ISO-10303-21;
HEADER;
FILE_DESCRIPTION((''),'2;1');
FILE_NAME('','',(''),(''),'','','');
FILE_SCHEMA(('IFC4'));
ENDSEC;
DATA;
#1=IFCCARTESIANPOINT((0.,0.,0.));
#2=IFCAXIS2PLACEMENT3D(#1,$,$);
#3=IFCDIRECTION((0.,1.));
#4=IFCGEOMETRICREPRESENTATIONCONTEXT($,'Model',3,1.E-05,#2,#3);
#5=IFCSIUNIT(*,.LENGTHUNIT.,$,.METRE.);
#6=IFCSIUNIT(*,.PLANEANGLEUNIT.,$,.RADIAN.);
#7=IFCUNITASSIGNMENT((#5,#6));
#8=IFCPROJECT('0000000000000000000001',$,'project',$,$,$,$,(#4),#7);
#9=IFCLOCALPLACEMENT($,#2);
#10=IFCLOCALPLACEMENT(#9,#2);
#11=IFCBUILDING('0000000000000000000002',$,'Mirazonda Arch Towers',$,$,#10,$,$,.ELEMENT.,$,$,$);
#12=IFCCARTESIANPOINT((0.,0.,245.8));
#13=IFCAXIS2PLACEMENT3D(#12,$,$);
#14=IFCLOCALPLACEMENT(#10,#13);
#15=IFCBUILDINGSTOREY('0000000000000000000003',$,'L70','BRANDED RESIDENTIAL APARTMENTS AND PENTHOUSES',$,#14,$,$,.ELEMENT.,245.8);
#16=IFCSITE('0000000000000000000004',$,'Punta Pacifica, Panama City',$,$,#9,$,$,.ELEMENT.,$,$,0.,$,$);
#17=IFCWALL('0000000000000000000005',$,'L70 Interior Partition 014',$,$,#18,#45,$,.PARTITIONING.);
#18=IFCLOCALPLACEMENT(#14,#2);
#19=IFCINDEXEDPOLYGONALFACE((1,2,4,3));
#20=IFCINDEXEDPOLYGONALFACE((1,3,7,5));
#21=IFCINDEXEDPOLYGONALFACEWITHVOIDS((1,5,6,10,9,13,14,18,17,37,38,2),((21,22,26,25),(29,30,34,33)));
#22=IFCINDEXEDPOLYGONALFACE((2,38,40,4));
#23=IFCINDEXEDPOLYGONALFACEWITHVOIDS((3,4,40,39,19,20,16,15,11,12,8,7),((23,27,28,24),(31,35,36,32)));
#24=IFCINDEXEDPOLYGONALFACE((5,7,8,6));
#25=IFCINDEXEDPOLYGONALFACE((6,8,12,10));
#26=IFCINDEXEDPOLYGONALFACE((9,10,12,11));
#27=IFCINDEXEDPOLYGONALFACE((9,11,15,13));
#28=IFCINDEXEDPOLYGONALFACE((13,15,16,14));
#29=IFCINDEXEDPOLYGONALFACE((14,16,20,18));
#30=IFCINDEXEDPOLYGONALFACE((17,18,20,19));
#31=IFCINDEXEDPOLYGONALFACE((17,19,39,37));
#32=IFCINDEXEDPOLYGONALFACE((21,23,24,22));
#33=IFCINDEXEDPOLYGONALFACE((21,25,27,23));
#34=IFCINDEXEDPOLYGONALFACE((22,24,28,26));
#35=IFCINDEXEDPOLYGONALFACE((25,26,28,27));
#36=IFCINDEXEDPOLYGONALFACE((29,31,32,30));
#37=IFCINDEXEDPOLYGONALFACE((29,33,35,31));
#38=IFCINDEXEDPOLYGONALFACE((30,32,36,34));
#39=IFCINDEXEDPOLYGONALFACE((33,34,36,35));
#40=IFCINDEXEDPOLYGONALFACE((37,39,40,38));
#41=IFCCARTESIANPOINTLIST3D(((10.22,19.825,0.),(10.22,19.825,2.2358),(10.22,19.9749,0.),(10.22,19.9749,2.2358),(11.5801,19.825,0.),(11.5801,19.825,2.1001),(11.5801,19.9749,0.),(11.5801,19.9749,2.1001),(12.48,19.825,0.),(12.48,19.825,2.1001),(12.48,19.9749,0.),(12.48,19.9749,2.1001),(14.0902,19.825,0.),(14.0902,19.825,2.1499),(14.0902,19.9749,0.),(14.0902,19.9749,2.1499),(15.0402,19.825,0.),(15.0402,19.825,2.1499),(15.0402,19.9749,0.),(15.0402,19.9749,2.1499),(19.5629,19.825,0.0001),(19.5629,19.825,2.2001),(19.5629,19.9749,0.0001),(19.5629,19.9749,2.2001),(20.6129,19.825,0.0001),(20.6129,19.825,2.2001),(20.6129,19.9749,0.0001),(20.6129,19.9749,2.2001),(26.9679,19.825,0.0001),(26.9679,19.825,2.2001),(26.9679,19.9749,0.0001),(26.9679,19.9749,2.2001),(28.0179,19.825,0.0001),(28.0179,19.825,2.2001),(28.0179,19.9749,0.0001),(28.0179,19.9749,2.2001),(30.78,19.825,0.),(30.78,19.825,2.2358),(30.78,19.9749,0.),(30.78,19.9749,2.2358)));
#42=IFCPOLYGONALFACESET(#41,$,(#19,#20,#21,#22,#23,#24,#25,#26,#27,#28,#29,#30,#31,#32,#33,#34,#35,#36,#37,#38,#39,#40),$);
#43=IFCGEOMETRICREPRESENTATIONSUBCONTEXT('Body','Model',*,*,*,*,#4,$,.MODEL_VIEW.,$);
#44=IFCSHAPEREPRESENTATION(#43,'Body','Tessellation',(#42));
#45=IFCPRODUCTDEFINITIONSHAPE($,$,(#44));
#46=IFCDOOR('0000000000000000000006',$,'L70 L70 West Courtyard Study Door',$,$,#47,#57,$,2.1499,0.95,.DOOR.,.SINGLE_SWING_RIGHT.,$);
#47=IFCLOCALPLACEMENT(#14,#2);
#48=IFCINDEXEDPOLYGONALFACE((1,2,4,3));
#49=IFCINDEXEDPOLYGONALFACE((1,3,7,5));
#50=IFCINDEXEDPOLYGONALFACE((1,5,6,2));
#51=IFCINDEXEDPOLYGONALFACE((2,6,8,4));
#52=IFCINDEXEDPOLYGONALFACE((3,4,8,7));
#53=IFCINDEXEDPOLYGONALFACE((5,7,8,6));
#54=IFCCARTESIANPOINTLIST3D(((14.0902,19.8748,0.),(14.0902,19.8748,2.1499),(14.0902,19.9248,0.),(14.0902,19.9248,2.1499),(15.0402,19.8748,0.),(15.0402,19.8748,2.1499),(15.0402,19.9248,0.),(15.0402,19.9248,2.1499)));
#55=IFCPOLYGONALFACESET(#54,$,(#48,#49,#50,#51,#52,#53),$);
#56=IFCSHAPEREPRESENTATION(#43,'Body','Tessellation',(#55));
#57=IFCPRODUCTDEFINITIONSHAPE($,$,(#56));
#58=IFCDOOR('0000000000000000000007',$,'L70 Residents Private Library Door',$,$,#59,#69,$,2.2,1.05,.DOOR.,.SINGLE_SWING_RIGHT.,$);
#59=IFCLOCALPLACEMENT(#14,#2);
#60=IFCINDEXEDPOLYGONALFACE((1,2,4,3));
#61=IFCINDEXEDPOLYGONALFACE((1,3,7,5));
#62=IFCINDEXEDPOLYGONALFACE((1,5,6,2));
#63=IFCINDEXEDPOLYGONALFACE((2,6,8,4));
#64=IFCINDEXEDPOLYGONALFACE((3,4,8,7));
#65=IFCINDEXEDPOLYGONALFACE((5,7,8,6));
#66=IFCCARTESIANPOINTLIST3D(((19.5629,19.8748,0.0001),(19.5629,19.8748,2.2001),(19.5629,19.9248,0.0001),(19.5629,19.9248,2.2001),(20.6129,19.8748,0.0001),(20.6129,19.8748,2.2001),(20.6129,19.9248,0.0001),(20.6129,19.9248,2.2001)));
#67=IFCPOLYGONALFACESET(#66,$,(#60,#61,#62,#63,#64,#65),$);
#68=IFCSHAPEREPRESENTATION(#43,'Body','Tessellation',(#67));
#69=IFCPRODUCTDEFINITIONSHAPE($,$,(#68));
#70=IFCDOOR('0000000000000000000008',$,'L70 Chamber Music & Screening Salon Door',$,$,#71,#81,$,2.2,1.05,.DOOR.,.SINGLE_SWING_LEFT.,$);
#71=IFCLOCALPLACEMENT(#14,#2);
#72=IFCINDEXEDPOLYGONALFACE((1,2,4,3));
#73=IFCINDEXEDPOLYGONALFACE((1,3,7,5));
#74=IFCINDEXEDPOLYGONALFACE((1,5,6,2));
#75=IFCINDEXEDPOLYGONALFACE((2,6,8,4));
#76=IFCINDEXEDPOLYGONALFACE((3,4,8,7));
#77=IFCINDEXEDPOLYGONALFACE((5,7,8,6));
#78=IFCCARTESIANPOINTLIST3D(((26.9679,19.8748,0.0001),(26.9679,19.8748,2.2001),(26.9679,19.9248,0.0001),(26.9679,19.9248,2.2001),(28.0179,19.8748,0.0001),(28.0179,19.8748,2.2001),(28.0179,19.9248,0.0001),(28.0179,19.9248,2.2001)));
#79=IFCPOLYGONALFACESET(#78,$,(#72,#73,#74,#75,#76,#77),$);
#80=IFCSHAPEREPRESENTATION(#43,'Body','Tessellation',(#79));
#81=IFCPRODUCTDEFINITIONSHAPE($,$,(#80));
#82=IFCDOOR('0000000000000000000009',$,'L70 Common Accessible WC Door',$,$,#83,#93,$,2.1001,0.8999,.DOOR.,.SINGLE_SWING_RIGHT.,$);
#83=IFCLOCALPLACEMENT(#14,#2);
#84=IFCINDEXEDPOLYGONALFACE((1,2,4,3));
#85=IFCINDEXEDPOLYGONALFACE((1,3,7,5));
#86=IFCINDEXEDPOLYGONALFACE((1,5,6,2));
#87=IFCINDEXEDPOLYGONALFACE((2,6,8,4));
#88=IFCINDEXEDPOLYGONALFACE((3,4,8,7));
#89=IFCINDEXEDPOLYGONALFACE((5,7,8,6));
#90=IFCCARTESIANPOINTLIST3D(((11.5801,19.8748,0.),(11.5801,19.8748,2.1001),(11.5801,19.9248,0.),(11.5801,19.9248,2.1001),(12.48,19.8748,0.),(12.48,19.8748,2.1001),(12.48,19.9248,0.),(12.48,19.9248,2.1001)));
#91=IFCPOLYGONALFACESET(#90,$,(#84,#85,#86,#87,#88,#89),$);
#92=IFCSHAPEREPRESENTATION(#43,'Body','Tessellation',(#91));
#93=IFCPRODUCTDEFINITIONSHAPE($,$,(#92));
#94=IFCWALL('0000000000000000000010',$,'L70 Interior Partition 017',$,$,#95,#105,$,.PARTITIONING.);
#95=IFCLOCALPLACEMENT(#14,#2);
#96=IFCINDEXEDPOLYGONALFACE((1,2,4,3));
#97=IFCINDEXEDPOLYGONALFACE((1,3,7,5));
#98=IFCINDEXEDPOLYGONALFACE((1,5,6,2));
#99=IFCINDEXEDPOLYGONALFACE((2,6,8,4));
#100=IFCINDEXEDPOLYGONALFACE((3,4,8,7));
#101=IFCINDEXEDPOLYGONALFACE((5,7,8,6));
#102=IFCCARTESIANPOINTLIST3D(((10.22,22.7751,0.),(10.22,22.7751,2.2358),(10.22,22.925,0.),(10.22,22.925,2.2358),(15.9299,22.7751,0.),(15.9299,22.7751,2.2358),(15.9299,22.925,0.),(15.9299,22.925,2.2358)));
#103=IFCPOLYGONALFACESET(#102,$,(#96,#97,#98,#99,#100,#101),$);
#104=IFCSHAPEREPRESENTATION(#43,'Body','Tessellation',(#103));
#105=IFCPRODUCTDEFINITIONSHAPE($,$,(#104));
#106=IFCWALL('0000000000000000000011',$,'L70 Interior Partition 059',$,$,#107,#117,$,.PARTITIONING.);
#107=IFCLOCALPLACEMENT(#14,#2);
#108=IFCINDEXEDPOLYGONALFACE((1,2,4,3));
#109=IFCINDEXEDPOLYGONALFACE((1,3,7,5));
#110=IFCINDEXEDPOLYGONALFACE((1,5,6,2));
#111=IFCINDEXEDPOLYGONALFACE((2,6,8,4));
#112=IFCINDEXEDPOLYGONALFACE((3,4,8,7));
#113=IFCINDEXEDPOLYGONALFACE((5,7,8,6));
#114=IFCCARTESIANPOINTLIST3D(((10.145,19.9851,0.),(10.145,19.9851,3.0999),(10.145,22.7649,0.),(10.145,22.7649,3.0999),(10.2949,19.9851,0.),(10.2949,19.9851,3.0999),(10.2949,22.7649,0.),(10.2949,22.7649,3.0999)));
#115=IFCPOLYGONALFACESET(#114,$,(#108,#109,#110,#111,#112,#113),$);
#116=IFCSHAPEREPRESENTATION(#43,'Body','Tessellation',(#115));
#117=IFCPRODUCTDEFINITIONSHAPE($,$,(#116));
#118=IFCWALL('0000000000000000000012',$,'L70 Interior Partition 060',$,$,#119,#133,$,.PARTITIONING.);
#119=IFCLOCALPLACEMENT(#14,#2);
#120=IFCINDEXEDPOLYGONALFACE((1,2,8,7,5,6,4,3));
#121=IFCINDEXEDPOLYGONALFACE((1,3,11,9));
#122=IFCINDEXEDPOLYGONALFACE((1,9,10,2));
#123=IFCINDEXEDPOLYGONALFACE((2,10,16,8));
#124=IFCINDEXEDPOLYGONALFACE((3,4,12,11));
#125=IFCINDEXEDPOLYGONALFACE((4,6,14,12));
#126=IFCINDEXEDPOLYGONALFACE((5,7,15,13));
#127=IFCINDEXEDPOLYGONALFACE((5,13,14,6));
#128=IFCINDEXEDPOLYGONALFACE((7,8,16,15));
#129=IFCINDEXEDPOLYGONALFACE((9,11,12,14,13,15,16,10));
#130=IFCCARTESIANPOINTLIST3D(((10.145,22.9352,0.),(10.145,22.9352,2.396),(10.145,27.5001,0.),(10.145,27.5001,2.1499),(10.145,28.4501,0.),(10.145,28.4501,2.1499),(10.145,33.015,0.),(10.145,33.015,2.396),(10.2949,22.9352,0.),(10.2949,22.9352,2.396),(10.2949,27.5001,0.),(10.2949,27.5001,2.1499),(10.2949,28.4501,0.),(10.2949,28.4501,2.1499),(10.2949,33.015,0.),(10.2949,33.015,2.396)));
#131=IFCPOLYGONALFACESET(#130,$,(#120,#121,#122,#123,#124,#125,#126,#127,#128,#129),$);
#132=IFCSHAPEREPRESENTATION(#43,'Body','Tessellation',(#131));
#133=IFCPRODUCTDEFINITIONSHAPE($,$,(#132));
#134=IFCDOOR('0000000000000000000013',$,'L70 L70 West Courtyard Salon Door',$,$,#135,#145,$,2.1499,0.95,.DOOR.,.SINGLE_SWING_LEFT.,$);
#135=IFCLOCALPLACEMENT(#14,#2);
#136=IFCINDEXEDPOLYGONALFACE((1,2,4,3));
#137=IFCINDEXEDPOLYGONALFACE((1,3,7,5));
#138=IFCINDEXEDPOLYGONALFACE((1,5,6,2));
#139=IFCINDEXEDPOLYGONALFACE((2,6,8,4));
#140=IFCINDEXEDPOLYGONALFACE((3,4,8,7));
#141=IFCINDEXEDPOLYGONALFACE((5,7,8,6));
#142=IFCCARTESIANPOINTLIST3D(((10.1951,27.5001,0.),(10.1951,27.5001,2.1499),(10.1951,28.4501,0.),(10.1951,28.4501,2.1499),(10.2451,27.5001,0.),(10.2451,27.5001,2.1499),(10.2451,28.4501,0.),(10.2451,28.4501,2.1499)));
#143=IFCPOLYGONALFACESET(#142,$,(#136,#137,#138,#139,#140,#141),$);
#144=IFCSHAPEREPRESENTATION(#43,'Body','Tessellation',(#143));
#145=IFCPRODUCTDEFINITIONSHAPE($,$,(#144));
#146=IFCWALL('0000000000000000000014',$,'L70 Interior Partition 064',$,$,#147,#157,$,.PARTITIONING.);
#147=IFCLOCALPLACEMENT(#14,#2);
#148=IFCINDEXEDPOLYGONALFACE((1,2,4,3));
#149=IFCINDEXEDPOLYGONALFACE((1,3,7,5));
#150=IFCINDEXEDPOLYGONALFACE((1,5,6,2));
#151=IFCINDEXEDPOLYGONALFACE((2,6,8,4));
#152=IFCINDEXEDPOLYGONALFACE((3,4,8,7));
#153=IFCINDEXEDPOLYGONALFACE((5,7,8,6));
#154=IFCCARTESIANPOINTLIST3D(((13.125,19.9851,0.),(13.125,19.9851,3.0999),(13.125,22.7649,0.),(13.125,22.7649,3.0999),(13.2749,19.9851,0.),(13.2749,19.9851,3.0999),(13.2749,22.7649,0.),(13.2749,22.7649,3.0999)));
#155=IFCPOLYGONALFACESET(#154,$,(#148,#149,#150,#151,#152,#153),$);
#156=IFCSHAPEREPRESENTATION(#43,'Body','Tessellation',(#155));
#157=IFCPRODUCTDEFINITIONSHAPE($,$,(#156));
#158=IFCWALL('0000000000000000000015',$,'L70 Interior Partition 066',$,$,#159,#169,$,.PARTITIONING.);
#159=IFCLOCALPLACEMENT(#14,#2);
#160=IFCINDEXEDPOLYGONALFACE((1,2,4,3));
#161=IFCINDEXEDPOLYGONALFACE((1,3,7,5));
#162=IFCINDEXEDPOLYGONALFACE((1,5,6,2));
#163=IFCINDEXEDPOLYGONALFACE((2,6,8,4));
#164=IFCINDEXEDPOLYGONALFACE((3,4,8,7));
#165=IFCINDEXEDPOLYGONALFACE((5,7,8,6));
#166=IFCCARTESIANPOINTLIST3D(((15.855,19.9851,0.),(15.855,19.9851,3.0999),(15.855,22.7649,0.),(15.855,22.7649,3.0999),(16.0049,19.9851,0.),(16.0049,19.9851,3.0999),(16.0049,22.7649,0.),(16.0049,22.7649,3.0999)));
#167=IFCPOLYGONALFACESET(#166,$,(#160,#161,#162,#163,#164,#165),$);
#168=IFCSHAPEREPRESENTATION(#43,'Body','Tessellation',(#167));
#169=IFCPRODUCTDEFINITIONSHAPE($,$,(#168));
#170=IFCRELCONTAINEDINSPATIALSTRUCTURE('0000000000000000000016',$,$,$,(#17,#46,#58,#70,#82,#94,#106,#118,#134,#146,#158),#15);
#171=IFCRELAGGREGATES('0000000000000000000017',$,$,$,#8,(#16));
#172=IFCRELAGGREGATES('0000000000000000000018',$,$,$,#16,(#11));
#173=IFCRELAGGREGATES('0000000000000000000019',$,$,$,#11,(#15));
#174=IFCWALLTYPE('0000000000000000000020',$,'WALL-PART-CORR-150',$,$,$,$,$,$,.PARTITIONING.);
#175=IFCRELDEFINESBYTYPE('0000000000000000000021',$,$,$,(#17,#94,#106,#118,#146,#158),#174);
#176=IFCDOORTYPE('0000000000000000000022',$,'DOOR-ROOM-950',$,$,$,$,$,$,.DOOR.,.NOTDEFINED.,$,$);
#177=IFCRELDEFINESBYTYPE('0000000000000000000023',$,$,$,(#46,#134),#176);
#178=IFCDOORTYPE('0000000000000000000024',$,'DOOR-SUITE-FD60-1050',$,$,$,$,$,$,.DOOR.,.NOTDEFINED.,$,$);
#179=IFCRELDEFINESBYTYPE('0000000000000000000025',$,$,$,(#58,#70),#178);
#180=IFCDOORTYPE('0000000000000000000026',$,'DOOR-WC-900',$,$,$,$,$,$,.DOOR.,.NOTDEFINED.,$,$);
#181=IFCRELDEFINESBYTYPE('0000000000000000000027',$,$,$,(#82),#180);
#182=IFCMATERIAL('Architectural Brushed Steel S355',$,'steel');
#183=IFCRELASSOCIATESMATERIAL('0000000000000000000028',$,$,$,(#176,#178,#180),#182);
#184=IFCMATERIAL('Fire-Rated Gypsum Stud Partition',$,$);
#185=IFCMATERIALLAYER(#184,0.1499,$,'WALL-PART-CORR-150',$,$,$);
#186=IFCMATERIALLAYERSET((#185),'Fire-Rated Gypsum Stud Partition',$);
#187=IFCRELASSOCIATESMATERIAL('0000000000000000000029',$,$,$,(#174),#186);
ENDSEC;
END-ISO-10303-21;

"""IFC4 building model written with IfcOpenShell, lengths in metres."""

from ifc_helpers import new_model, si_unit, direction, frame, frame_2d, origin, place, context, subcontext, project, spatial, rectangle, extrude, material, layer, layer_set, type_object, element, fill, save


model = new_model("IFC4")

# Units and contexts
model_context = context("Model", 3, precision=1e-05, world=origin(), true_north=direction((0.0, 1.0)))
body_context = subcontext(model_context, "Body", "Model", "MODEL_VIEW")
ifc_project = project(units=[si_unit("LENGTHUNIT", "METRE"), si_unit("PLANEANGLEUNIT", "RADIAN")], contexts=[model_context])

# Site, building, storey
site_placement = place(None, origin())
site = spatial("IfcSite", under=ifc_project, at=site_placement, Name="Punta Pacifica, Panama City", CompositionType="ELEMENT", RefElevation=0.0)
building_placement = place(site_placement, origin())
building = spatial("IfcBuilding", under=site, at=building_placement, Name="Mirazonda Arch Towers", CompositionType="ELEMENT")
storey_placement = place(building_placement, frame((0.0, 0.0, 245.8)))
storey = spatial("IfcBuildingStorey", under=building, at=storey_placement, Name="L70", Description="BRANDED RESIDENTIAL APARTMENTS AND PENTHOUSES", CompositionType="ELEMENT", Elevation=245.8)

# Shared definitions
ifc_material_1 = material(Name="Architectural Brushed Steel S355", Category="steel")
door_type_1 = type_object("IfcDoorType", Name="DOOR-ROOM-950", OperationType="NOTDEFINED", PredefinedType="DOOR", material=ifc_material_1)

# Shared definitions
ifc_material_2 = material(Name="Fire-Rated Gypsum Stud Partition")
ifc_layer_1 = layer(ifc_material_2, 0.1499, Name="WALL-PART-CORR-150")
ifc_layer_set_1 = layer_set([ifc_layer_1], Name="Fire-Rated Gypsum Stud Partition")
wall_type_1 = type_object("IfcWallType", Name="WALL-PART-CORR-150", PredefinedType="PARTITIONING", material=ifc_layer_set_1)

# Wall, openings, doors
wall_1_placement = place(storey_placement, frame((10.22, 19.8999, 0.0), z_axis=(0.0, 0.0, 1.0), x_axis=(1.0, 0.0, 0.0)))
wall_1 = element("IfcWall", 1, at=wall_1_placement, inside=storey, type_object=wall_type_1, Name="L70 Interior Partition 014", PredefinedType="PARTITIONING", context=body_context, shape_type="SweptSolid", body=[
    extrude(rectangle(XDim=20.5601, YDim=0.1499, at=frame_2d((10.28, 0.0))), origin(), (0.0, 0.0, 1.0), 2.2358),
])
opening_1_placement = place(wall_1_placement, frame((1.3601, 0.0, 0.0)))
opening_1 = element("IfcOpeningElement", 2, at=opening_1_placement, cuts=wall_1, PredefinedType="OPENING", context=body_context, shape_type="SweptSolid", body=[
    extrude(rectangle(XDim=0.8999, YDim=2.1001, at=frame_2d((0.45, 1.05))), frame((0.0, 0.085, 0.0), z_axis=(0.0, -1.0, 0.0), x_axis=(1.0, 0.0, 0.0)), (0.0, 0.0, 1.0), 0.1699),
])
opening_2_placement = place(wall_1_placement, frame((3.8701, 0.0, 0.0)))
opening_2 = element("IfcOpeningElement", 3, at=opening_2_placement, cuts=wall_1, PredefinedType="OPENING", context=body_context, shape_type="SweptSolid", body=[
    extrude(rectangle(XDim=0.95, YDim=2.1499, at=frame_2d((0.4751, 1.075))), frame((0.0, 0.085, 0.0), z_axis=(0.0, -1.0, 0.0), x_axis=(1.0, 0.0, 0.0)), (0.0, 0.0, 1.0), 0.1699),
])
opening_3_placement = place(wall_1_placement, frame((9.343, 0.0, 0.0)))
opening_3 = element("IfcOpeningElement", 4, at=opening_3_placement, cuts=wall_1, PredefinedType="OPENING", context=body_context, shape_type="SweptSolid", body=[
    extrude(rectangle(XDim=1.05, YDim=2.2, at=frame_2d((0.5249, 1.1001))), frame((0.0, 0.085, 0.0), z_axis=(0.0, -1.0, 0.0), x_axis=(1.0, 0.0, 0.0)), (0.0, 0.0, 1.0), 0.1699),
])
opening_4_placement = place(wall_1_placement, frame((16.748, 0.0, 0.0)))
opening_4 = element("IfcOpeningElement", 5, at=opening_4_placement, cuts=wall_1, PredefinedType="OPENING", context=body_context, shape_type="SweptSolid", body=[
    extrude(rectangle(XDim=1.05, YDim=2.2, at=frame_2d((0.5249, 1.1001))), frame((0.0, 0.085, 0.0), z_axis=(0.0, -1.0, 0.0), x_axis=(1.0, 0.0, 0.0)), (0.0, 0.0, 1.0), 0.1699),
])
door_1_placement = place(opening_2_placement, origin())
door_1 = element("IfcDoor", 6, at=door_1_placement, inside=storey, type_object=door_type_1, Name="L70 L70 West Courtyard Study Door", OperationType="SINGLE_SWING_RIGHT", OverallHeight=2.1499, OverallWidth=0.95, PredefinedType="DOOR", context=body_context, shape_type="SweptSolid", body=[
    extrude(rectangle(XDim=0.95, YDim=2.1499, at=frame_2d((0.4751, 1.075))), frame((0.0, 0.0249, 0.0), z_axis=(0.0, -1.0, 0.0), x_axis=(1.0, 0.0, 0.0)), (0.0, 0.0, 1.0), 0.05),
])
fill(opening_2, door_1)
door_type_2 = type_object("IfcDoorType", Name="DOOR-SUITE-FD60-1050", OperationType="NOTDEFINED", PredefinedType="DOOR", material=ifc_material_1)
door_2_placement = place(opening_3_placement, origin())
door_2 = element("IfcDoor", 7, at=door_2_placement, inside=storey, type_object=door_type_2, Name="L70 Residents Private Library Door", OperationType="SINGLE_SWING_RIGHT", OverallHeight=2.2, OverallWidth=1.05, PredefinedType="DOOR", context=body_context, shape_type="SweptSolid", body=[
    extrude(rectangle(XDim=1.05, YDim=2.2, at=frame_2d((0.5249, 1.1001))), frame((0.0, 0.0249, 0.0), z_axis=(0.0, -1.0, 0.0), x_axis=(1.0, 0.0, 0.0)), (0.0, 0.0, 1.0), 0.05),
])
fill(opening_3, door_2)
door_3_placement = place(opening_4_placement, origin())
door_3 = element("IfcDoor", 8, at=door_3_placement, inside=storey, type_object=door_type_2, Name="L70 Chamber Music & Screening Salon Door", OperationType="SINGLE_SWING_LEFT", OverallHeight=2.2, OverallWidth=1.05, PredefinedType="DOOR", context=body_context, shape_type="SweptSolid", body=[
    extrude(rectangle(XDim=1.05, YDim=2.2, at=frame_2d((0.5249, 1.1001))), frame((0.0, 0.0249, 0.0), z_axis=(0.0, -1.0, 0.0), x_axis=(1.0, 0.0, 0.0)), (0.0, 0.0, 1.0), 0.05),
])
fill(opening_4, door_3)
door_type_3 = type_object("IfcDoorType", Name="DOOR-WC-900", OperationType="NOTDEFINED", PredefinedType="DOOR", material=ifc_material_1)
door_4_placement = place(opening_1_placement, origin())
door_4 = element("IfcDoor", 9, at=door_4_placement, inside=storey, type_object=door_type_3, Name="L70 Common Accessible WC Door", OperationType="SINGLE_SWING_RIGHT", OverallHeight=2.1001, OverallWidth=0.8999, PredefinedType="DOOR", context=body_context, shape_type="SweptSolid", body=[
    extrude(rectangle(XDim=0.8999, YDim=2.1001, at=frame_2d((0.45, 1.05))), frame((0.0, 0.0249, 0.0), z_axis=(0.0, -1.0, 0.0), x_axis=(1.0, 0.0, 0.0)), (0.0, 0.0, 1.0), 0.05),
])
fill(opening_1, door_4)

# Walls
wall_2_placement = place(storey_placement, frame((10.22, 22.8501, 0.0), z_axis=(0.0, 0.0, 1.0), x_axis=(1.0, 0.0, 0.0)))
element("IfcWall", 10, at=wall_2_placement, inside=storey, type_object=wall_type_1, Name="L70 Interior Partition 017", PredefinedType="PARTITIONING", context=body_context, shape_type="SweptSolid", body=[
    extrude(rectangle(XDim=5.71, YDim=0.1499, at=frame_2d((2.855, 0.0))), origin(), (0.0, 0.0, 1.0), 2.2358),
])
wall_3_placement = place(storey_placement, frame((10.22, 19.9851, 0.0), z_axis=(0.0, 0.0, 1.0), x_axis=(0.0, 1.0, 0.0)))
element("IfcWall", 11, at=wall_3_placement, inside=storey, type_object=wall_type_1, Name="L70 Interior Partition 059", PredefinedType="PARTITIONING", context=body_context, shape_type="SweptSolid", body=[
    extrude(rectangle(XDim=2.7798, YDim=0.1499, at=frame_2d((1.3899, 0.0))), origin(), (0.0, 0.0, 1.0), 3.0999),
])

# Wall, opening, door
wall_4_placement = place(storey_placement, frame((10.22, 22.9351, 0.0), z_axis=(0.0, 0.0, 1.0), x_axis=(0.0, 1.0, 0.0)))
wall_4 = element("IfcWall", 12, at=wall_4_placement, inside=storey, type_object=wall_type_1, Name="L70 Interior Partition 060", PredefinedType="PARTITIONING", context=body_context, shape_type="SweptSolid", body=[
    extrude(rectangle(XDim=10.0798, YDim=0.1499, at=frame_2d((5.04, 0.0))), origin(), (0.0, 0.0, 1.0), 2.396),
])
opening_5_placement = place(wall_4_placement, frame((4.5649, 0.0, 0.0)))
opening_5 = element("IfcOpeningElement", 13, at=opening_5_placement, cuts=wall_4, PredefinedType="OPENING", context=body_context, shape_type="SweptSolid", body=[
    extrude(rectangle(XDim=0.95, YDim=2.1499, at=frame_2d((0.4751, 1.075))), frame((0.0, 0.085, 0.0), z_axis=(0.0, -1.0, 0.0), x_axis=(1.0, 0.0, 0.0)), (0.0, 0.0, 1.0), 0.1699),
])
door_5_placement = place(opening_5_placement, origin())
door_5 = element("IfcDoor", 14, at=door_5_placement, inside=storey, type_object=door_type_1, Name="L70 L70 West Courtyard Salon Door", OperationType="SINGLE_SWING_LEFT", OverallHeight=2.1499, OverallWidth=0.95, PredefinedType="DOOR", context=body_context, shape_type="SweptSolid", body=[
    extrude(rectangle(XDim=0.95, YDim=2.1499, at=frame_2d((0.4751, 1.075))), frame((0.0, 0.0249, 0.0), z_axis=(0.0, -1.0, 0.0), x_axis=(1.0, 0.0, 0.0)), (0.0, 0.0, 1.0), 0.05),
])
fill(opening_5, door_5)

# Walls
for number, where, z_axis, x_axis, name in (
    (15, (13.2, 19.9851, 0.0), (0.0, 0.0, 1.0), (0.0, 1.0, 0.0), "L70 Interior Partition 064"),
    (16, (15.9299, 19.9851, 0.0), (0.0, 0.0, 1.0), (0.0, 1.0, 0.0), "L70 Interior Partition 066"),
):
    element("IfcWall", number, at=place(storey_placement, frame(where, z_axis=z_axis, x_axis=x_axis)), inside=storey, type_object=wall_type_1, Name=name, PredefinedType="PARTITIONING", context=body_context, shape_type="SweptSolid", body=[
        extrude(rectangle(XDim=2.7798, YDim=0.1499, at=frame_2d((1.3899, 0.0))), origin(), (0.0, 0.0, 1.0), 3.0999),
    ])

save(model, "model.ifc")
